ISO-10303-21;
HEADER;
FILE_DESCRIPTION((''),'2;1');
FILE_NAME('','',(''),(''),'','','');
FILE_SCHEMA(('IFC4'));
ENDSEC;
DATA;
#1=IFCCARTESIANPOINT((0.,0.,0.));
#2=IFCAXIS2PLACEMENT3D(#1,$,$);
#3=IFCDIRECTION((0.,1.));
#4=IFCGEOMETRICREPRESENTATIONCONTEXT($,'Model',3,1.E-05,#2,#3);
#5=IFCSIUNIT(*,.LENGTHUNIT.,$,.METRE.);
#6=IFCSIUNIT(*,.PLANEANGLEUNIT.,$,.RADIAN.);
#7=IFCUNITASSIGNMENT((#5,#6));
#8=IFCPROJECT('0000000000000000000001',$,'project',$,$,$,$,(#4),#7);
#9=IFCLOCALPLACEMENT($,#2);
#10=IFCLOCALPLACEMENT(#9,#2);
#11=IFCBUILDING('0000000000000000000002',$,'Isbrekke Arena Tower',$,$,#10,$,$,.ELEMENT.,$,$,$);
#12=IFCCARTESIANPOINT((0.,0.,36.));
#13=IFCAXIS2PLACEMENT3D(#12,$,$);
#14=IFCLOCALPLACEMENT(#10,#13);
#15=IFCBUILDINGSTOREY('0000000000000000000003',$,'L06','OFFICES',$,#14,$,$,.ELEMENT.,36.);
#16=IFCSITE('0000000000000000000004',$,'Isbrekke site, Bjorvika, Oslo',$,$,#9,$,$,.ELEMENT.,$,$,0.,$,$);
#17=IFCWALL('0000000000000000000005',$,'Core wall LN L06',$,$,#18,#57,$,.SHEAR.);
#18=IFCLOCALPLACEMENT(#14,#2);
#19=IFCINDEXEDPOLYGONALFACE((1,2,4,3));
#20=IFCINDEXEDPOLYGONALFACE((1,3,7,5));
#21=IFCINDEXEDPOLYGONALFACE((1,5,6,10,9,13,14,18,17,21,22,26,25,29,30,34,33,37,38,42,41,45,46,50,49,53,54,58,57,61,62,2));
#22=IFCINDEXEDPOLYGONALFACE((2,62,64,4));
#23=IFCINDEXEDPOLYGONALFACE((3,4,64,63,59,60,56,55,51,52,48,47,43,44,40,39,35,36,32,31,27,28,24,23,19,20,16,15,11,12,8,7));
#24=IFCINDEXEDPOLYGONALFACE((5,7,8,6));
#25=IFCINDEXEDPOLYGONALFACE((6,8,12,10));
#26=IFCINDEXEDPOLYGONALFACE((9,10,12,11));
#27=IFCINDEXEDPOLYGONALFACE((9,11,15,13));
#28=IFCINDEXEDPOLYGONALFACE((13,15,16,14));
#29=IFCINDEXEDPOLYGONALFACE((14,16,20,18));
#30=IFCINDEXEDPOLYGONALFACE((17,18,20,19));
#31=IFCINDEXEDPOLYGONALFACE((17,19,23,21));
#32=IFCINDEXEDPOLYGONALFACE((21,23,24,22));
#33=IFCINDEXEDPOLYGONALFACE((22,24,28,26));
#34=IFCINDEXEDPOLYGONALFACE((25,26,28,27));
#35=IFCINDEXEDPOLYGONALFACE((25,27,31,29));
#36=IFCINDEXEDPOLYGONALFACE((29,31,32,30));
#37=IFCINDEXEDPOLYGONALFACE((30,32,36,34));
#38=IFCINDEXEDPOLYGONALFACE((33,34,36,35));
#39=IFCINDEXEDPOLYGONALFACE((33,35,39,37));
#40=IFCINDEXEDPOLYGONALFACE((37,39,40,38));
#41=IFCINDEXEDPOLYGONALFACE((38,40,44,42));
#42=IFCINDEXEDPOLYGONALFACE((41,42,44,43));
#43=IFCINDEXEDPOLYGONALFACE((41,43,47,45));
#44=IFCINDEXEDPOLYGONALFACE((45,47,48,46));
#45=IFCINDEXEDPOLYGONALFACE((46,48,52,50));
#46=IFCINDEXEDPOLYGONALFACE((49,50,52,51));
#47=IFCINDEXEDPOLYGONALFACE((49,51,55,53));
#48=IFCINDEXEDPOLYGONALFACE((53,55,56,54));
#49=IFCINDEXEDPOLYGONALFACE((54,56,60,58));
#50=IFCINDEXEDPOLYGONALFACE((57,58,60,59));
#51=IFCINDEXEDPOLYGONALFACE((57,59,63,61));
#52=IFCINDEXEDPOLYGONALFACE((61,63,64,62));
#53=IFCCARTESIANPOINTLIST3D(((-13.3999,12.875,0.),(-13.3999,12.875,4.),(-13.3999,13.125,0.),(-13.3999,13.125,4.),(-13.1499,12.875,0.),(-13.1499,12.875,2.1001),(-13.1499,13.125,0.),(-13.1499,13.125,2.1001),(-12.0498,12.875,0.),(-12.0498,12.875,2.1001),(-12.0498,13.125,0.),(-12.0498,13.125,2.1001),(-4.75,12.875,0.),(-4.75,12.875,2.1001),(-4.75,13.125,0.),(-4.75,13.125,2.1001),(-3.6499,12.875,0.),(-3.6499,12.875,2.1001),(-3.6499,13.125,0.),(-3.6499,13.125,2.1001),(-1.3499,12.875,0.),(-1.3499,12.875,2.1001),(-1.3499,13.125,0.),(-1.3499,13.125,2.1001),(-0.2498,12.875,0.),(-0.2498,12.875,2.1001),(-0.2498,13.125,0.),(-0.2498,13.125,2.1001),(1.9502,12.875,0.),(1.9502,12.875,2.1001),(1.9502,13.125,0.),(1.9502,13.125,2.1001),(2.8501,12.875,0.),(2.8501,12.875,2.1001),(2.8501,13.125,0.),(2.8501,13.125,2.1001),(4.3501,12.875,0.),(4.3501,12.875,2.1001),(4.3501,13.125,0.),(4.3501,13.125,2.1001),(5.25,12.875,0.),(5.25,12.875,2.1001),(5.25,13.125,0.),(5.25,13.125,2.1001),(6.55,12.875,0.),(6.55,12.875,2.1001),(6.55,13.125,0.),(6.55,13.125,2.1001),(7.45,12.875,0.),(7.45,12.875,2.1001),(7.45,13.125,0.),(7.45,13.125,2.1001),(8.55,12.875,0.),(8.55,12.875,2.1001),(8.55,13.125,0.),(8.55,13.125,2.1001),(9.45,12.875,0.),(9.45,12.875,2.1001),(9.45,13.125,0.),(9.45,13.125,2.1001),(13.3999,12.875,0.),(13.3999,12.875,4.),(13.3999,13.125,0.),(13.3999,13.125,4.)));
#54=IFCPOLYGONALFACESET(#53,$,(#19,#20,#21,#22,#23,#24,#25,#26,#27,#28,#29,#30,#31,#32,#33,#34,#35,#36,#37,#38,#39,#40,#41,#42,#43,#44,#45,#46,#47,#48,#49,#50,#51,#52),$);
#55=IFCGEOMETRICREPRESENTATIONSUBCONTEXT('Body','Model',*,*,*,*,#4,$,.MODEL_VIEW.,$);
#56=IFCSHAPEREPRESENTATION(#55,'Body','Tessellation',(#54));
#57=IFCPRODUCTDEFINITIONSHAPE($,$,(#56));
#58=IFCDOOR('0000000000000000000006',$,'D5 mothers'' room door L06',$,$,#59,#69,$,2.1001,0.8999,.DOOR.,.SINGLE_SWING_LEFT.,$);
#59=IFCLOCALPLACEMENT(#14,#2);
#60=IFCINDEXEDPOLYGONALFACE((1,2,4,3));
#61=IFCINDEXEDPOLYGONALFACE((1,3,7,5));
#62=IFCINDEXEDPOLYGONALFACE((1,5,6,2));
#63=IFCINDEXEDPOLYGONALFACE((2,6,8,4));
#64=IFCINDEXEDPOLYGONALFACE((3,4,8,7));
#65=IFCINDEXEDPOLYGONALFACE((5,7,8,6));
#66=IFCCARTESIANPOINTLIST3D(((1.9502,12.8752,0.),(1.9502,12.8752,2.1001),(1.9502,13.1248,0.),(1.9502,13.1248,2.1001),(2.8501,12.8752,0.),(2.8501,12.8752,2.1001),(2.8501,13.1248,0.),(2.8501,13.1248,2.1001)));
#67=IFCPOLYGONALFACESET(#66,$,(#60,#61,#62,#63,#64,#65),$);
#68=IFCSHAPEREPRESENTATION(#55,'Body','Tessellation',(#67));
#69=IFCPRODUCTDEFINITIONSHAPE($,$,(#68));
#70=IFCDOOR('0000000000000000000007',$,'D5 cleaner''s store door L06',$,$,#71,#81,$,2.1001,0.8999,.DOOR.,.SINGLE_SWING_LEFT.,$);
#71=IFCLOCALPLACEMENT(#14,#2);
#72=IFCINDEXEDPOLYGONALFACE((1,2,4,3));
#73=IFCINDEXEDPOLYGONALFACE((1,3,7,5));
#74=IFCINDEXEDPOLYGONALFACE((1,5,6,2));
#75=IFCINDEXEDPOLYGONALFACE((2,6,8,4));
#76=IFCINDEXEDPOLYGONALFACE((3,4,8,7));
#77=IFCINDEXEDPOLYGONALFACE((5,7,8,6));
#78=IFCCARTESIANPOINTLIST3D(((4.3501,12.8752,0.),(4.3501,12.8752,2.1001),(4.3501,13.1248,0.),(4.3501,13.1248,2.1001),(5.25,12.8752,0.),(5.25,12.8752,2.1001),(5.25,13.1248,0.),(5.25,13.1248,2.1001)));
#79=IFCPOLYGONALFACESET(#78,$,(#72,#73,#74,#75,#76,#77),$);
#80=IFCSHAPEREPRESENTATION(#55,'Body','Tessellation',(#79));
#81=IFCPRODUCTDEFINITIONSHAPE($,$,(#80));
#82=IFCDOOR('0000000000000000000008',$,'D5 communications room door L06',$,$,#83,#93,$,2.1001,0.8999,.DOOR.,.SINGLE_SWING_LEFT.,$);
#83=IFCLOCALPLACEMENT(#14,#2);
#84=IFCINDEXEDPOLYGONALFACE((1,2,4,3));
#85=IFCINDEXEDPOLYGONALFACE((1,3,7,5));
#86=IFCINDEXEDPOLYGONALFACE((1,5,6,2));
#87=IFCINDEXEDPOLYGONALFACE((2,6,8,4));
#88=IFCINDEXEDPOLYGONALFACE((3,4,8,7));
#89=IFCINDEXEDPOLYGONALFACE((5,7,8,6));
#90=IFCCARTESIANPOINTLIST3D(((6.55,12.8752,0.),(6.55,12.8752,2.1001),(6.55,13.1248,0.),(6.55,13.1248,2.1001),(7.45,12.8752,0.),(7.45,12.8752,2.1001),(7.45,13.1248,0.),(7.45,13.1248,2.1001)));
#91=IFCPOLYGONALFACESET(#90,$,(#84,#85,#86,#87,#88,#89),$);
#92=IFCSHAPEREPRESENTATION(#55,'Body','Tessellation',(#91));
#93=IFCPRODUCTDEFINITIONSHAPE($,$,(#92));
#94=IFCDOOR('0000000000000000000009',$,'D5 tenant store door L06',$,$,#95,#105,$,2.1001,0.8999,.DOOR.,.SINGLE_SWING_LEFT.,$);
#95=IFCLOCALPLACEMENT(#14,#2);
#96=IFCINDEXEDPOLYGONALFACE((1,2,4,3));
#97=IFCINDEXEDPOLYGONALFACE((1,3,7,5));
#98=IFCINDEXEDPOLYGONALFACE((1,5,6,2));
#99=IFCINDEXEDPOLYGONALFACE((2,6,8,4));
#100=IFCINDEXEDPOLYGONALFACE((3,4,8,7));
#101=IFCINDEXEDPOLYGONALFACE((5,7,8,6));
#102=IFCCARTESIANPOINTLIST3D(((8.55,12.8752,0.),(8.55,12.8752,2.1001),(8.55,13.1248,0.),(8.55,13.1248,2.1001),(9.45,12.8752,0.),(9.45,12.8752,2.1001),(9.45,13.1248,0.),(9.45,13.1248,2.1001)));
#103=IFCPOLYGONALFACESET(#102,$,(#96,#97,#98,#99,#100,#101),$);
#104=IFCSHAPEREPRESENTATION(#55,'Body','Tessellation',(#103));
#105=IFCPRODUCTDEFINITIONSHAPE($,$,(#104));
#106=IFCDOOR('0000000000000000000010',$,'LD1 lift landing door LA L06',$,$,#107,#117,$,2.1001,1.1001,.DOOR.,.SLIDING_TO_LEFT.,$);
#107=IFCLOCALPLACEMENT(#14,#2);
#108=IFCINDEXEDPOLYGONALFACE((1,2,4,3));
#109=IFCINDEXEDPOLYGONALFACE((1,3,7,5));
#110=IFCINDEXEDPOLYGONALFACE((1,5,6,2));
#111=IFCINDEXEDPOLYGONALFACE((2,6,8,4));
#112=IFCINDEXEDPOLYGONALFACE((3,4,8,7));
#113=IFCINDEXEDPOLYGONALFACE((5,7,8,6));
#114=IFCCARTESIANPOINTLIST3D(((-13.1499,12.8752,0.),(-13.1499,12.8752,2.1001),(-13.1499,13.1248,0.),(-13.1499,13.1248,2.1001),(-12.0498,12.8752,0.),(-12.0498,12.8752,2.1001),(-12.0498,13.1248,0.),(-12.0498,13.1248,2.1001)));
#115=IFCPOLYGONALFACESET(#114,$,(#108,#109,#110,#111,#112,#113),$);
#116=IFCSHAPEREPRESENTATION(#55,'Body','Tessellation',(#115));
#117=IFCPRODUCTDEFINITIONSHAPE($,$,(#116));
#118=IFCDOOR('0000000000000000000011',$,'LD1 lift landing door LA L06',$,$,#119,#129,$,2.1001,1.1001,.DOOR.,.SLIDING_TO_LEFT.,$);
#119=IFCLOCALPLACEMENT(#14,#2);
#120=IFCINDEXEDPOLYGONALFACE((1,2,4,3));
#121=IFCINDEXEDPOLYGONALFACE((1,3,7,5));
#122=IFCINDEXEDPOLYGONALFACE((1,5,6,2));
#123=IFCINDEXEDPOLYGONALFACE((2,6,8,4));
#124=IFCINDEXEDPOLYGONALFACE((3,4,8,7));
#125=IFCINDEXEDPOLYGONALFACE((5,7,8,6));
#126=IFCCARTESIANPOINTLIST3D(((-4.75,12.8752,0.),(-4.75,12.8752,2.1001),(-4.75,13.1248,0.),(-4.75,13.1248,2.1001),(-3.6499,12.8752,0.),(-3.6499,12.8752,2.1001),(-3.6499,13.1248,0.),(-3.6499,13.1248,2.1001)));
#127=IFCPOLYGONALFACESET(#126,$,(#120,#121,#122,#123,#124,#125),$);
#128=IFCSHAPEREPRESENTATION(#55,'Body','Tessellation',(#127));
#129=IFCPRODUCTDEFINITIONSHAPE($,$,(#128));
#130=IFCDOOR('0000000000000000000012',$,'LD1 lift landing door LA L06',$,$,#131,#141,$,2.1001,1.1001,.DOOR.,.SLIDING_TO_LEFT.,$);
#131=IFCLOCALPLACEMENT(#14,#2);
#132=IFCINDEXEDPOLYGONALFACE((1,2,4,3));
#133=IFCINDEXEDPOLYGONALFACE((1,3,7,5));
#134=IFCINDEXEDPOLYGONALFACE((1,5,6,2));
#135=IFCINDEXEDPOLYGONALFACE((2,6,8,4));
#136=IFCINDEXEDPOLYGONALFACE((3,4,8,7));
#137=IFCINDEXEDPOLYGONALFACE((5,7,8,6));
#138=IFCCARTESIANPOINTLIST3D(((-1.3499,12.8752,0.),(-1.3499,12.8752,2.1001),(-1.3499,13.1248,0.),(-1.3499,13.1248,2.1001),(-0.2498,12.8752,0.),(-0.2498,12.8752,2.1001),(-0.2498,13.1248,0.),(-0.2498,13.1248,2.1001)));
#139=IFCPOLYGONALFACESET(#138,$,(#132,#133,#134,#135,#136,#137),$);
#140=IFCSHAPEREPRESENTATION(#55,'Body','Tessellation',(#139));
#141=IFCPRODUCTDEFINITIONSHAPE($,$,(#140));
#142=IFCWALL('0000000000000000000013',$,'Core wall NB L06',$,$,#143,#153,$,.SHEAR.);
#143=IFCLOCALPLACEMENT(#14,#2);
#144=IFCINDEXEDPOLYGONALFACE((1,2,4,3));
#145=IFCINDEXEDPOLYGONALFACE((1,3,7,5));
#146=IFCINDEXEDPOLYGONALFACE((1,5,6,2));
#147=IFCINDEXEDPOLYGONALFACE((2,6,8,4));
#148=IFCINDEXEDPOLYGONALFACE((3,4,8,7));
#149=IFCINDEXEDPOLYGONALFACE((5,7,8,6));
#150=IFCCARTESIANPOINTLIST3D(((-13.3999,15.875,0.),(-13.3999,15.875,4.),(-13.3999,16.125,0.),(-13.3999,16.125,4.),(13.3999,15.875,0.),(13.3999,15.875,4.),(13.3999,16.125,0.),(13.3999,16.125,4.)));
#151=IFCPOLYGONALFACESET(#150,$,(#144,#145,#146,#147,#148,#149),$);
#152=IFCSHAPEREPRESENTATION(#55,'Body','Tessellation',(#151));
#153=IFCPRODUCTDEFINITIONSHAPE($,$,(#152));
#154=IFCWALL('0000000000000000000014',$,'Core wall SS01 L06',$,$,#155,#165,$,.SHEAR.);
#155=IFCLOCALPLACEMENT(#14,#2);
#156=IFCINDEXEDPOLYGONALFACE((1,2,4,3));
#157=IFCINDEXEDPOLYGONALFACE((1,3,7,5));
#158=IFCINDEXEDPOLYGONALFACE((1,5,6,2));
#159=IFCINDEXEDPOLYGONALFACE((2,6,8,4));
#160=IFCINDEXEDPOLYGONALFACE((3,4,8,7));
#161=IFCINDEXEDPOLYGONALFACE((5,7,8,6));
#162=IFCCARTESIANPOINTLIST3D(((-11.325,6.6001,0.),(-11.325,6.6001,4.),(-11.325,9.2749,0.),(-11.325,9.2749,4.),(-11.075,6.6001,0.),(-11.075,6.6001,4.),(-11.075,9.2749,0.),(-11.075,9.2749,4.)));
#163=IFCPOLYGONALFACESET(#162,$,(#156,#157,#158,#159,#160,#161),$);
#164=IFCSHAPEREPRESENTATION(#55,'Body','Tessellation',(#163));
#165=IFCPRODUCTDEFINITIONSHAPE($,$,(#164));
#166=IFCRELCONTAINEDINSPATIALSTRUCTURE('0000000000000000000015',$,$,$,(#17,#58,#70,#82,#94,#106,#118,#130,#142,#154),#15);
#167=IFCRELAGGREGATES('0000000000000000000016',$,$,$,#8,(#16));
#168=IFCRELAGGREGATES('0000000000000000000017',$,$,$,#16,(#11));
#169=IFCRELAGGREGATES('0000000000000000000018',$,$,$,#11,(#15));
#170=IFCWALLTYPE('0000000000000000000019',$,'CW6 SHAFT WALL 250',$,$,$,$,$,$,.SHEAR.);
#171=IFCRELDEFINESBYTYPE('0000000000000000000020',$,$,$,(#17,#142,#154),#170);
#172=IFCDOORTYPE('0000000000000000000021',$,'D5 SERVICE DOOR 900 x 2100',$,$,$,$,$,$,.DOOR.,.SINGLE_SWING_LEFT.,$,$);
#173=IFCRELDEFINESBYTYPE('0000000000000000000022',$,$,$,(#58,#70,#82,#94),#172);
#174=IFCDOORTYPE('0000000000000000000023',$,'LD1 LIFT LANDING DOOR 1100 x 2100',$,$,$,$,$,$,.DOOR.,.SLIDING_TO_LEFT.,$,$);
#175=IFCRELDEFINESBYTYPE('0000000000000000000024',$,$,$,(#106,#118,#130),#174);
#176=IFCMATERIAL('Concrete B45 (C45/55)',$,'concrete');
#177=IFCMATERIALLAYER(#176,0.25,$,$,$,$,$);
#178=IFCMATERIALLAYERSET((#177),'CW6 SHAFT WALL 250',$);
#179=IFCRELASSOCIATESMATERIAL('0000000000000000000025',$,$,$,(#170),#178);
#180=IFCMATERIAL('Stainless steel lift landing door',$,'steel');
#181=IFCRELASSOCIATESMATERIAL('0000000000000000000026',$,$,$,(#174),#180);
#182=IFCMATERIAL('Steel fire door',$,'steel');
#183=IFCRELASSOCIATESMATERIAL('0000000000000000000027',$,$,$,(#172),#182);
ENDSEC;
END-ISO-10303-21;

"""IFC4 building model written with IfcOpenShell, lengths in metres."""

from ifc_helpers import new_model, si_unit, direction, frame, frame_2d, origin, place, context, subcontext, project, spatial, rectangle, extrude, material, layer, layer_set, type_object, element, fill, save


model = new_model("IFC4")

# Units and contexts
model_context = context("Model", 3, precision=1e-05, world=origin(), true_north=direction((0.0, 1.0)))
body_context = subcontext(model_context, "Body", "Model", "MODEL_VIEW")
ifc_project = project(units=[si_unit("LENGTHUNIT", "METRE"), si_unit("PLANEANGLEUNIT", "RADIAN")], contexts=[model_context])

# Site, building, storey
site_placement = place(None, origin())
site = spatial("IfcSite", under=ifc_project, at=site_placement, Name="Isbrekke site, Bjorvika, Oslo", CompositionType="ELEMENT", RefElevation=0.0)
building_placement = place(site_placement, origin())
building = spatial("IfcBuilding", under=site, at=building_placement, Name="Isbrekke Arena Tower", CompositionType="ELEMENT")
storey_placement = place(building_placement, frame((0.0, 0.0, 36.0)))
storey = spatial("IfcBuildingStorey", under=building, at=storey_placement, Name="L06", Description="OFFICES", CompositionType="ELEMENT", Elevation=36.0)

# Wall, openings, doors
ifc_material_1 = material(Name="Concrete B45 (C45/55)", Category="concrete")
ifc_layer_1 = layer(ifc_material_1, 0.25)
ifc_layer_set_1 = layer_set([ifc_layer_1], Name="CW6 SHAFT WALL 250")
wall_type_1 = type_object("IfcWallType", Name="CW6 SHAFT WALL 250", PredefinedType="SHEAR", material=ifc_layer_set_1)
ifc_material_2 = material(Name="Stainless steel lift landing door", Category="steel")
door_type_1 = type_object("IfcDoorType", Name="LD1 LIFT LANDING DOOR 1100 x 2100", OperationType="SLIDING_TO_LEFT", PredefinedType="DOOR", material=ifc_material_2)
wall_1_placement = place(storey_placement, frame((-13.3999, 13.0, 0.0), z_axis=(0.0, 0.0, 1.0), x_axis=(1.0, 0.0, 0.0)))
wall_1 = element("IfcWall", 1, at=wall_1_placement, inside=storey, type_object=wall_type_1, Name="Core wall LN L06", PredefinedType="SHEAR", context=body_context, shape_type="SweptSolid", body=[
    extrude(rectangle(XDim=26.7998, YDim=0.25, at=frame_2d((13.3999, 0.0))), origin(), (0.0, 0.0, 1.0), 4.0),
])
opening_1_placement = place(wall_1_placement, frame((0.25, 0.0, 0.0)))
opening_1 = element("IfcOpeningElement", 2, at=opening_1_placement, cuts=wall_1, PredefinedType="OPENING", context=body_context, shape_type="SweptSolid", body=[
    extrude(rectangle(XDim=1.1001, YDim=2.1001, at=frame_2d((0.55, 1.05))), frame((0.0, 0.1399, 0.0), z_axis=(0.0, -1.0, 0.0), x_axis=(1.0, 0.0, 0.0)), (0.0, 0.0, 1.0), 0.2798),
])
opening_2_placement = place(wall_1_placement, frame((8.6499, 0.0, 0.0)))
opening_2 = element("IfcOpeningElement", 3, at=opening_2_placement, cuts=wall_1, PredefinedType="OPENING", context=body_context, shape_type="SweptSolid", body=[
    extrude(rectangle(XDim=1.1001, YDim=2.1001, at=frame_2d((0.55, 1.05))), frame((0.0, 0.1399, 0.0), z_axis=(0.0, -1.0, 0.0), x_axis=(1.0, 0.0, 0.0)), (0.0, 0.0, 1.0), 0.2798),
])
opening_3_placement = place(wall_1_placement, frame((12.05, 0.0, 0.0)))
opening_3 = element("IfcOpeningElement", 4, at=opening_3_placement, cuts=wall_1, PredefinedType="OPENING", context=body_context, shape_type="SweptSolid", body=[
    extrude(rectangle(XDim=1.1001, YDim=2.1001, at=frame_2d((0.55, 1.05))), frame((0.0, 0.1399, 0.0), z_axis=(0.0, -1.0, 0.0), x_axis=(1.0, 0.0, 0.0)), (0.0, 0.0, 1.0), 0.2798),
])
opening_4_placement = place(wall_1_placement, frame((15.3501, 0.0, 0.0)))
opening_4 = element("IfcOpeningElement", 5, at=opening_4_placement, cuts=wall_1, PredefinedType="OPENING", context=body_context, shape_type="SweptSolid", body=[
    extrude(rectangle(XDim=0.8999, YDim=2.1001, at=frame_2d((0.45, 1.05))), frame((0.0, 0.1399, 0.0), z_axis=(0.0, -1.0, 0.0), x_axis=(1.0, 0.0, 0.0)), (0.0, 0.0, 1.0), 0.2798),
])
opening_5_placement = place(wall_1_placement, frame((17.75, 0.0, 0.0)))
opening_5 = element("IfcOpeningElement", 6, at=opening_5_placement, cuts=wall_1, PredefinedType="OPENING", context=body_context, shape_type="SweptSolid", body=[
    extrude(rectangle(XDim=0.8999, YDim=2.1001, at=frame_2d((0.45, 1.05))), frame((0.0, 0.1399, 0.0), z_axis=(0.0, -1.0, 0.0), x_axis=(1.0, 0.0, 0.0)), (0.0, 0.0, 1.0), 0.2798),
])
opening_6_placement = place(wall_1_placement, frame((19.95, 0.0, 0.0)))
opening_6 = element("IfcOpeningElement", 7, at=opening_6_placement, cuts=wall_1, PredefinedType="OPENING", context=body_context, shape_type="SweptSolid", body=[
    extrude(rectangle(XDim=0.8999, YDim=2.1001, at=frame_2d((0.45, 1.05))), frame((0.0, 0.1399, 0.0), z_axis=(0.0, -1.0, 0.0), x_axis=(1.0, 0.0, 0.0)), (0.0, 0.0, 1.0), 0.2798),
])
opening_7_placement = place(wall_1_placement, frame((21.95, 0.0, 0.0)))
opening_7 = element("IfcOpeningElement", 8, at=opening_7_placement, cuts=wall_1, PredefinedType="OPENING", context=body_context, shape_type="SweptSolid", body=[
    extrude(rectangle(XDim=0.8999, YDim=2.1001, at=frame_2d((0.45, 1.05))), frame((0.0, 0.1399, 0.0), z_axis=(0.0, -1.0, 0.0), x_axis=(1.0, 0.0, 0.0)), (0.0, 0.0, 1.0), 0.2798),
])
ifc_material_3 = material(Name="Steel fire door", Category="steel")
door_type_2 = type_object("IfcDoorType", Name="D5 SERVICE DOOR 900 x 2100", OperationType="SINGLE_SWING_LEFT", PredefinedType="DOOR", material=ifc_material_3)
door_1_placement = place(opening_4_placement, origin())
door_1 = element("IfcDoor", 9, at=door_1_placement, inside=storey, type_object=door_type_2, Name="D5 mothers' room door L06", OperationType="SINGLE_SWING_LEFT", OverallHeight=2.1001, OverallWidth=0.8999, PredefinedType="DOOR", context=body_context, shape_type="SweptSolid", body=[
    extrude(rectangle(XDim=0.8999, YDim=2.1001, at=frame_2d((0.45, 1.05))), frame((0.0, 0.1248, 0.0), z_axis=(0.0, -1.0, 0.0), x_axis=(1.0, 0.0, 0.0)), (0.0, 0.0, 1.0), 0.2495),
])
fill(opening_4, door_1)
door_2_placement = place(opening_5_placement, origin())
door_2 = element("IfcDoor", 10, at=door_2_placement, inside=storey, type_object=door_type_2, Name="D5 cleaner's store door L06", OperationType="SINGLE_SWING_LEFT", OverallHeight=2.1001, OverallWidth=0.8999, PredefinedType="DOOR", context=body_context, shape_type="SweptSolid", body=[
    extrude(rectangle(XDim=0.8999, YDim=2.1001, at=frame_2d((0.45, 1.05))), frame((0.0, 0.1248, 0.0), z_axis=(0.0, -1.0, 0.0), x_axis=(1.0, 0.0, 0.0)), (0.0, 0.0, 1.0), 0.2495),
])
fill(opening_5, door_2)
door_3_placement = place(opening_6_placement, origin())
door_3 = element("IfcDoor", 11, at=door_3_placement, inside=storey, type_object=door_type_2, Name="D5 communications room door L06", OperationType="SINGLE_SWING_LEFT", OverallHeight=2.1001, OverallWidth=0.8999, PredefinedType="DOOR", context=body_context, shape_type="SweptSolid", body=[
    extrude(rectangle(XDim=0.8999, YDim=2.1001, at=frame_2d((0.45, 1.05))), frame((0.0, 0.1248, 0.0), z_axis=(0.0, -1.0, 0.0), x_axis=(1.0, 0.0, 0.0)), (0.0, 0.0, 1.0), 0.2495),
])
fill(opening_6, door_3)
door_4_placement = place(opening_7_placement, origin())
door_4 = element("IfcDoor", 12, at=door_4_placement, inside=storey, type_object=door_type_2, Name="D5 tenant store door L06", OperationType="SINGLE_SWING_LEFT", OverallHeight=2.1001, OverallWidth=0.8999, PredefinedType="DOOR", context=body_context, shape_type="SweptSolid", body=[
    extrude(rectangle(XDim=0.8999, YDim=2.1001, at=frame_2d((0.45, 1.05))), frame((0.0, 0.1248, 0.0), z_axis=(0.0, -1.0, 0.0), x_axis=(1.0, 0.0, 0.0)), (0.0, 0.0, 1.0), 0.2495),
])
fill(opening_7, door_4)
door_5_placement = place(opening_1_placement, origin())
door_5 = element("IfcDoor", 13, at=door_5_placement, inside=storey, type_object=door_type_1, Name="LD1 lift landing door LA L06", OperationType="SLIDING_TO_LEFT", OverallHeight=2.1001, OverallWidth=1.1001, PredefinedType="DOOR", context=body_context, shape_type="SweptSolid", body=[
    extrude(rectangle(XDim=1.1001, YDim=2.1001, at=frame_2d((0.55, 1.05))), frame((0.0, 0.1248, 0.0), z_axis=(0.0, -1.0, 0.0), x_axis=(1.0, 0.0, 0.0)), (0.0, 0.0, 1.0), 0.2495),
])
fill(opening_1, door_5)
door_6_placement = place(opening_2_placement, origin())
door_6 = element("IfcDoor", 14, at=door_6_placement, inside=storey, type_object=door_type_1, Name="LD1 lift landing door LA L06", OperationType="SLIDING_TO_LEFT", OverallHeight=2.1001, OverallWidth=1.1001, PredefinedType="DOOR", context=body_context, shape_type="SweptSolid", body=[
    extrude(rectangle(XDim=1.1001, YDim=2.1001, at=frame_2d((0.55, 1.05))), frame((0.0, 0.1248, 0.0), z_axis=(0.0, -1.0, 0.0), x_axis=(1.0, 0.0, 0.0)), (0.0, 0.0, 1.0), 0.2495),
])
fill(opening_2, door_6)
door_7_placement = place(opening_3_placement, origin())
door_7 = element("IfcDoor", 15, at=door_7_placement, inside=storey, type_object=door_type_1, Name="LD1 lift landing door LA L06", OperationType="SLIDING_TO_LEFT", OverallHeight=2.1001, OverallWidth=1.1001, PredefinedType="DOOR", context=body_context, shape_type="SweptSolid", body=[
    extrude(rectangle(XDim=1.1001, YDim=2.1001, at=frame_2d((0.55, 1.05))), frame((0.0, 0.1248, 0.0), z_axis=(0.0, -1.0, 0.0), x_axis=(1.0, 0.0, 0.0)), (0.0, 0.0, 1.0), 0.2495),
])
fill(opening_3, door_7)

# Walls
wall_2_placement = place(storey_placement, frame((-13.3999, 16.0, 0.0), z_axis=(0.0, 0.0, 1.0), x_axis=(1.0, 0.0, 0.0)))
element("IfcWall", 16, at=wall_2_placement, inside=storey, type_object=wall_type_1, Name="Core wall NB L06", PredefinedType="SHEAR", context=body_context, shape_type="SweptSolid", body=[
    extrude(rectangle(XDim=26.7998, YDim=0.25, at=frame_2d((13.3999, 0.0))), origin(), (0.0, 0.0, 1.0), 4.0),
])
for number, where, z_axis, x_axis, name in (
    (17, (-11.2, 6.6001, 0.0), (0.0, 0.0, 1.0), (0.0, 1.0, 0.0), "Core wall SS01 L06"),
):
    element("IfcWall", number, at=place(storey_placement, frame(where, z_axis=z_axis, x_axis=x_axis)), inside=storey, type_object=wall_type_1, Name=name, PredefinedType="SHEAR", context=body_context, shape_type="SweptSolid", body=[
        extrude(rectangle(XDim=2.6748, YDim=0.25, at=frame_2d((1.3374, 0.0))), origin(), (0.0, 0.0, 1.0), 4.0),
    ])

save(model, "model.ifc")
